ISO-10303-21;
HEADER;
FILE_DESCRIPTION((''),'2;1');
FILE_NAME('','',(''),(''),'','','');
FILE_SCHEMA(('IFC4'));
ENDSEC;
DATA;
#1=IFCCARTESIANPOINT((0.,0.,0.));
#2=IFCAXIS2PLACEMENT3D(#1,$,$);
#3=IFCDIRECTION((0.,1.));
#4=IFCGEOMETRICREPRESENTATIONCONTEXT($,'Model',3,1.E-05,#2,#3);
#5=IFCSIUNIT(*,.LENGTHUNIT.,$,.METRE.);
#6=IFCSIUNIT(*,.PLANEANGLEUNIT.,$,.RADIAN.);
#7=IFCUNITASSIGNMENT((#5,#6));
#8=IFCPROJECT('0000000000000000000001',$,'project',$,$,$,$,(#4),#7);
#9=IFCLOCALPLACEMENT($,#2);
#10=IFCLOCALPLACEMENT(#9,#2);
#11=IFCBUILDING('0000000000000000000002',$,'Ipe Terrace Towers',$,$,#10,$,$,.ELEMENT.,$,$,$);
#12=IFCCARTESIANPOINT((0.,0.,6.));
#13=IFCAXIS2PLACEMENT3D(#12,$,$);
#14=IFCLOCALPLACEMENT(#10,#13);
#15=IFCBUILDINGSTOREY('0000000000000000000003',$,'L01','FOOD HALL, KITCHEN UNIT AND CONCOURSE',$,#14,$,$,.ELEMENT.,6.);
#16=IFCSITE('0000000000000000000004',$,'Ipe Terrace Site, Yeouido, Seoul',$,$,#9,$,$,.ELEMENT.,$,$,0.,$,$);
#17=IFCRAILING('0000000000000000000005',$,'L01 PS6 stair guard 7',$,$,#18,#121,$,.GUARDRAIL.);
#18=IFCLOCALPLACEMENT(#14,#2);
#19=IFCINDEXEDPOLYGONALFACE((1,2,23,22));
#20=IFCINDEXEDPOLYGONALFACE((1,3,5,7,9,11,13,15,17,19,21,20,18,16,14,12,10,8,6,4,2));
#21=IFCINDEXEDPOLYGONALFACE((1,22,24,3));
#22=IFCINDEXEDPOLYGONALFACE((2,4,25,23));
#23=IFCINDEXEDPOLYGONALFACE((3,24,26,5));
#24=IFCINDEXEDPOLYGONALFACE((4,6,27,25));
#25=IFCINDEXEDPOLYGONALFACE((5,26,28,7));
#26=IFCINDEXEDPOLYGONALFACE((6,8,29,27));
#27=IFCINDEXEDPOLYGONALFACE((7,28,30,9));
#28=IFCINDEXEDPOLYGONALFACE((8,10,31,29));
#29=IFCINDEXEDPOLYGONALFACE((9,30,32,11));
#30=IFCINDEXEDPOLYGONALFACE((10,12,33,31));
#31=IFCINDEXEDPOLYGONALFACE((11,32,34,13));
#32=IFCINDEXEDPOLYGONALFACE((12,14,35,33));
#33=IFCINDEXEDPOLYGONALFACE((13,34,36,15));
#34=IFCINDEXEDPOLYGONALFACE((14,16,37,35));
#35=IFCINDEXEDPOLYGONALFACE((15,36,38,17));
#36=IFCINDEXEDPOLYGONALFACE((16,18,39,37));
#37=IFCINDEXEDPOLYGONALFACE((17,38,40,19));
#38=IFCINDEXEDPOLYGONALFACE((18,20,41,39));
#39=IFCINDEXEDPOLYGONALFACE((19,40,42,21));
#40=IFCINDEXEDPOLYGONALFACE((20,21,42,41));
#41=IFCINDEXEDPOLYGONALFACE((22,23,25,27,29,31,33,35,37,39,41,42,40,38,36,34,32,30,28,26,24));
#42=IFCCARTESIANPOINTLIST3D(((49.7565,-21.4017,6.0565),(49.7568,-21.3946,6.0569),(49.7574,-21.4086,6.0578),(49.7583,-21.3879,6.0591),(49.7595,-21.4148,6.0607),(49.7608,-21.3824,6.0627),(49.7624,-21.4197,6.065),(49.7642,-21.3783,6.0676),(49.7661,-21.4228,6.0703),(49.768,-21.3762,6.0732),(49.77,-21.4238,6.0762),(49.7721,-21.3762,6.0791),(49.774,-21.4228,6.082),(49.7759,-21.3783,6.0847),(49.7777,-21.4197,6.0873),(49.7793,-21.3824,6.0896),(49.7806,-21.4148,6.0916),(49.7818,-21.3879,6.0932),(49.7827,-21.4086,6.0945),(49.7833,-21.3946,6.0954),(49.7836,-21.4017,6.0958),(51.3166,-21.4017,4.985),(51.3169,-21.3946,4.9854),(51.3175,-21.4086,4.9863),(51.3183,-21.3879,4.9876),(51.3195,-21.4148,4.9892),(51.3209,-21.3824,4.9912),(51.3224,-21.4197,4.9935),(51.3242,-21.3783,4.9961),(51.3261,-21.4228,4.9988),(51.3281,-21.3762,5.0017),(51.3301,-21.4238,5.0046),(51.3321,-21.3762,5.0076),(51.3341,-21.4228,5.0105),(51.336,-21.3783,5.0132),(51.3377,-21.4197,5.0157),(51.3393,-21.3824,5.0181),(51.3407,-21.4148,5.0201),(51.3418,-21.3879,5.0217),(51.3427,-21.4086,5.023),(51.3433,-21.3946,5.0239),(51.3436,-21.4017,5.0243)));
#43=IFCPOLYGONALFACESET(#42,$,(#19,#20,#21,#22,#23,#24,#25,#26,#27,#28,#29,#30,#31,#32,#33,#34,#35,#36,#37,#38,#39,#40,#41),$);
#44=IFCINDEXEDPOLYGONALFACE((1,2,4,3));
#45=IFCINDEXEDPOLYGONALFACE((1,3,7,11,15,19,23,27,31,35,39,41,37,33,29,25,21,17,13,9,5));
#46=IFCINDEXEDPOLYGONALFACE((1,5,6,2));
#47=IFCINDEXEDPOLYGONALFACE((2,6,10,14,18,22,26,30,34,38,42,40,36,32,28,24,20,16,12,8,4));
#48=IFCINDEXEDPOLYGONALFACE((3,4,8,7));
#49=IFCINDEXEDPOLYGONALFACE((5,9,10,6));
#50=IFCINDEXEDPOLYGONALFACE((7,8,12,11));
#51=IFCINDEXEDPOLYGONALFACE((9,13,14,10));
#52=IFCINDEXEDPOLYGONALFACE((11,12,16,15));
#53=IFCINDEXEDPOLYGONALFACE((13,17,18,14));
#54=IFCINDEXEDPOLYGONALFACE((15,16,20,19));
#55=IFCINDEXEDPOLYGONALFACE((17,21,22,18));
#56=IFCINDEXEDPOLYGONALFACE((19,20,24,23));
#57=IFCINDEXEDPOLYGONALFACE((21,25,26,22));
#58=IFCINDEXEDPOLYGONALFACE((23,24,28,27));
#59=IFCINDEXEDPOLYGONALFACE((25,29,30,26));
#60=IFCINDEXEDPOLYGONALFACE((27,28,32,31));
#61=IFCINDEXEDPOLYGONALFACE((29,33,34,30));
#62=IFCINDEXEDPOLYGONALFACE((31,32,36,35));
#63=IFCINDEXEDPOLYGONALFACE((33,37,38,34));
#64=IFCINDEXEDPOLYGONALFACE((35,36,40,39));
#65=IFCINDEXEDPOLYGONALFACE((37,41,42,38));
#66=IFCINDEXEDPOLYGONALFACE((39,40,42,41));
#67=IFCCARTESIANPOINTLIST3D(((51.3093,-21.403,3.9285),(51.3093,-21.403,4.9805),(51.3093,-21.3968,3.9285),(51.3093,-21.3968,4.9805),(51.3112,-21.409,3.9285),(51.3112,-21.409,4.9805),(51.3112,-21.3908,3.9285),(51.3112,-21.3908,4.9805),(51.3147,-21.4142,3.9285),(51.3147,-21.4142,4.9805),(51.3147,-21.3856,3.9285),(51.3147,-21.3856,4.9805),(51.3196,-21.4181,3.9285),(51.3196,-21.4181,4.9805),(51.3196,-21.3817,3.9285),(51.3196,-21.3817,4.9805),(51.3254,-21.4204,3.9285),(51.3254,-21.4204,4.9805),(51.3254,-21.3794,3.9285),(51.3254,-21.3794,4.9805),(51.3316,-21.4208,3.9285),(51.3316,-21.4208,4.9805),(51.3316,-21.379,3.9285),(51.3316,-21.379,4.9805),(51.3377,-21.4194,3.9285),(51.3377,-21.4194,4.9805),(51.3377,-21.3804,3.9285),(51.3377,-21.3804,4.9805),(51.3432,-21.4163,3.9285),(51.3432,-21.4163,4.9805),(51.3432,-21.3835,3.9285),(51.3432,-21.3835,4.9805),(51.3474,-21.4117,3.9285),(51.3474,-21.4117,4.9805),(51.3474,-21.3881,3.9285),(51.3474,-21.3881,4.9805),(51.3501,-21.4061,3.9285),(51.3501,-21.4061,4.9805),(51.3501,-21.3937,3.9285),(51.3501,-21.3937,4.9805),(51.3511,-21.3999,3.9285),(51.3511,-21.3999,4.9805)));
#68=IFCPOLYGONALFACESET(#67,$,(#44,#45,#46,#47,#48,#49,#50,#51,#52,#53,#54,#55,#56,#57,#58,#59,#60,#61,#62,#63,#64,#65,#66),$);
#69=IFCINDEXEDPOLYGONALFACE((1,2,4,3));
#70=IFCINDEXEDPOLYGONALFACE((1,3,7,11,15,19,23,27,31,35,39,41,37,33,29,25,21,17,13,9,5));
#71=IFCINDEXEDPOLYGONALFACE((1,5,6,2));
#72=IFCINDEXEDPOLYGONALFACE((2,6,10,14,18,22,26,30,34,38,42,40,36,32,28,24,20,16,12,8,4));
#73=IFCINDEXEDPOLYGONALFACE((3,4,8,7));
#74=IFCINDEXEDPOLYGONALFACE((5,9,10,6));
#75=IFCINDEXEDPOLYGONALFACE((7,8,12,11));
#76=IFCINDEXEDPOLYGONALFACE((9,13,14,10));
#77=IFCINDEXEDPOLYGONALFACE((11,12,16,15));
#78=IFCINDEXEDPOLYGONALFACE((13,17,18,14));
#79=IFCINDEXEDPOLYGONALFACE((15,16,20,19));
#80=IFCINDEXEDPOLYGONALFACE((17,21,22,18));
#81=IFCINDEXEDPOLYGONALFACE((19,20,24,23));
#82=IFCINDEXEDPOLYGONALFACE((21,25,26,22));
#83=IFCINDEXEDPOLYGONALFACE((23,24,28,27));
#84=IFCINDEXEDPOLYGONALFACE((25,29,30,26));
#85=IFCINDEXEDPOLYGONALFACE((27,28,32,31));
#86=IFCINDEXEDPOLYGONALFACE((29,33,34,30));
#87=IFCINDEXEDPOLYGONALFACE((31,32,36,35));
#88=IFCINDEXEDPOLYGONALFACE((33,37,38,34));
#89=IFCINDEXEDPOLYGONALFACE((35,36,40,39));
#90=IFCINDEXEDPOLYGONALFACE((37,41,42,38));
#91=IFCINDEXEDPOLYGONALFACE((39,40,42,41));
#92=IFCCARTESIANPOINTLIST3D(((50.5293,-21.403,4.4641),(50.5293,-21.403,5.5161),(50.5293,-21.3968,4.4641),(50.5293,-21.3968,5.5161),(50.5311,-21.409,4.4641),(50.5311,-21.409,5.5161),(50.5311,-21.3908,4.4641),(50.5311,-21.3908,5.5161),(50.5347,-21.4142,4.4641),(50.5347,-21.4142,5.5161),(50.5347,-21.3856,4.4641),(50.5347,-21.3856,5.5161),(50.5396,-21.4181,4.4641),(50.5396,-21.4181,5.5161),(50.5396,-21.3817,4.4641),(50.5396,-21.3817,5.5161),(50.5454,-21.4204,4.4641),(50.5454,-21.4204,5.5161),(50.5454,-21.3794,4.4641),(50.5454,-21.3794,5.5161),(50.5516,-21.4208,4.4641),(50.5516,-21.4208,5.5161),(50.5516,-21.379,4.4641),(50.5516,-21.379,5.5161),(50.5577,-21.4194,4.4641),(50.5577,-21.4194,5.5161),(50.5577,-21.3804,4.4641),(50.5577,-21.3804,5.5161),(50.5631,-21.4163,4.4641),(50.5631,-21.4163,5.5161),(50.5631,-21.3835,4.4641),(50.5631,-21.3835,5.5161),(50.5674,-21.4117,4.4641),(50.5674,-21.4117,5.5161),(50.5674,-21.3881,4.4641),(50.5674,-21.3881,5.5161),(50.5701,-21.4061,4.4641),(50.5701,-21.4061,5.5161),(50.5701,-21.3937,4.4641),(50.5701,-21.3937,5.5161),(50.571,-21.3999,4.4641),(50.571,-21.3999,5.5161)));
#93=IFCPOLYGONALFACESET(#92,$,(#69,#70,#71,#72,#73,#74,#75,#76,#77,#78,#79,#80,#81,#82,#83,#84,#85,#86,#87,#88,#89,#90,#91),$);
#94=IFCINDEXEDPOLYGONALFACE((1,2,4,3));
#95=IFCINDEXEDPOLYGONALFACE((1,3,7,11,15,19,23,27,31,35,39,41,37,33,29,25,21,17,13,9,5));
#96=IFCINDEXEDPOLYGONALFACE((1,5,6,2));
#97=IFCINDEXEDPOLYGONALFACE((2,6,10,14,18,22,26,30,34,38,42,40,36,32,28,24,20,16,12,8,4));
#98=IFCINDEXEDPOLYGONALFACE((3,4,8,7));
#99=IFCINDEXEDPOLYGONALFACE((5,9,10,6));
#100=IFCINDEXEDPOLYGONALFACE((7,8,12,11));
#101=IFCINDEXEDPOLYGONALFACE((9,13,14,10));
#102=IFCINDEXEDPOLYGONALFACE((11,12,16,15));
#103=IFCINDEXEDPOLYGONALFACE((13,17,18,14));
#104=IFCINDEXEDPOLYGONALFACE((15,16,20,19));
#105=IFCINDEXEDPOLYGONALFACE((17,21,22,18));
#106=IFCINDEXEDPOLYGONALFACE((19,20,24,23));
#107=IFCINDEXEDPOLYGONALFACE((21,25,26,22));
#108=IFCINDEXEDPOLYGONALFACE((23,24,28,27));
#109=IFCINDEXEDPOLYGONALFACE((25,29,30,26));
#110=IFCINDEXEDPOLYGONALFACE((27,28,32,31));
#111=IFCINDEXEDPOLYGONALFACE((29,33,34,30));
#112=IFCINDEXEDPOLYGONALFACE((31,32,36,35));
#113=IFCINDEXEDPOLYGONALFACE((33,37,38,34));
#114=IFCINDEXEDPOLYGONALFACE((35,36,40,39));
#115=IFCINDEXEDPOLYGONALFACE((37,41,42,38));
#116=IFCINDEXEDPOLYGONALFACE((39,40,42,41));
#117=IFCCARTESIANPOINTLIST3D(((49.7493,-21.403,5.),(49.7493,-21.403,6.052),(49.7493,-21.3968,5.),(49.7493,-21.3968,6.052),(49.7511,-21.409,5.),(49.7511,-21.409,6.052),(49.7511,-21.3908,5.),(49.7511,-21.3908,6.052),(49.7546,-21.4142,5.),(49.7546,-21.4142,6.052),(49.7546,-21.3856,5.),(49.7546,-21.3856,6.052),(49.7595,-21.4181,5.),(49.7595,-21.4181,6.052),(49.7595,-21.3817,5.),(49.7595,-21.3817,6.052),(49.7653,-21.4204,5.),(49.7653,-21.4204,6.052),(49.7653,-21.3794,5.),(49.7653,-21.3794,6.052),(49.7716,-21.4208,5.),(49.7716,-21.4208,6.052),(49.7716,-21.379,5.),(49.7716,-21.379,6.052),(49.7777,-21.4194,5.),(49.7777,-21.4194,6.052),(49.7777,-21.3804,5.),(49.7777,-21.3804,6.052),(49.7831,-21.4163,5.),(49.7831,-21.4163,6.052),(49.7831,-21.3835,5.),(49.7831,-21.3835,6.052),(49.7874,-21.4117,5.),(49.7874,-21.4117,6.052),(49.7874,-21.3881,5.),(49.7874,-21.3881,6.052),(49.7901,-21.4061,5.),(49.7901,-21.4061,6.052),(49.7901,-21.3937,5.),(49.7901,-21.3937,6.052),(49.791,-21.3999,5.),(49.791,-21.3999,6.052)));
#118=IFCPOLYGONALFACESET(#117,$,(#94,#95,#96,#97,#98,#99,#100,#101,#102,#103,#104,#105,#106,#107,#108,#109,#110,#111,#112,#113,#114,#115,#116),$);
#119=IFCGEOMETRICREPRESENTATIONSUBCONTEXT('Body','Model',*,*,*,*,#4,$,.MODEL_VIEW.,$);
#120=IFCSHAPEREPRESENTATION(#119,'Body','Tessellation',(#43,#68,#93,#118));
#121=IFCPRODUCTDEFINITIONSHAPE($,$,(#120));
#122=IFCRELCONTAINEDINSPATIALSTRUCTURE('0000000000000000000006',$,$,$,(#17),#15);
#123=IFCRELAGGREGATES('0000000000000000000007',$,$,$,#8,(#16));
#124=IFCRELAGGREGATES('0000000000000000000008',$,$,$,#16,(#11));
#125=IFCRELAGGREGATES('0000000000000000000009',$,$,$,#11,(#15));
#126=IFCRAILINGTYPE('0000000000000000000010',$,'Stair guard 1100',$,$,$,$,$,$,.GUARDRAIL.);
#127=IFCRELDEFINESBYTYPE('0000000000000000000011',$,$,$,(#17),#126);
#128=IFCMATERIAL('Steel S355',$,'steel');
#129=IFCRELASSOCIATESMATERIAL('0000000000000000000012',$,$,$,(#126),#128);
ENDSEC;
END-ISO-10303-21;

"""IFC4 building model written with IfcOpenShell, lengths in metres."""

from ifc_helpers import new_model, si_unit, direction, frame, origin, origin_2d, place, context, subcontext, project, spatial, circle, extrude, material, type_object, element, save


model = new_model("IFC4")

# Units and contexts
model_context = context("Model", 3, precision=1e-05, world=origin(), true_north=direction((0.0, 1.0)))
body_context = subcontext(model_context, "Body", "Model", "MODEL_VIEW")
ifc_project = project(units=[si_unit("LENGTHUNIT", "METRE"), si_unit("PLANEANGLEUNIT", "RADIAN")], contexts=[model_context])

# Site, building, storey
site_placement = place(None, origin())
site = spatial("IfcSite", under=ifc_project, at=site_placement, Name="Ipe Terrace Site, Yeouido, Seoul", CompositionType="ELEMENT", RefElevation=0.0)
building_placement = place(site_placement, origin())
building = spatial("IfcBuilding", under=site, at=building_placement, Name="Ipe Terrace Towers", CompositionType="ELEMENT")
storey_placement = place(building_placement, frame((0.0, 0.0, 6.0)))
storey = spatial("IfcBuildingStorey", under=building, at=storey_placement, Name="L01", Description="FOOD HALL, KITCHEN UNIT AND CONCOURSE", CompositionType="ELEMENT", Elevation=6.0)

# Railing
ifc_material_1 = material(Name="Steel S355", Category="steel")
railing_type_1 = type_object("IfcRailingType", Name="Stair guard 1100", PredefinedType="GUARDRAIL", material=ifc_material_1)
railing_1_placement = place(storey_placement, frame((51.3301, -21.3999, 3.9285)))
element("IfcRailing", 1, at=railing_1_placement, inside=storey, type_object=railing_type_1, Name="L01 PS6 stair guard 7", PredefinedType="GUARDRAIL", context=body_context, shape_type="SweptSolid", body=[
    extrude(circle(Radius=0.0239, at=origin_2d()), frame((0.0, 0.0, 1.0762), z_axis=(-0.82429, 0.0, 0.566167), x_axis=(0.0, -1.0, 0.0)), (0.0, 0.0, 1.0), 1.8926),
    extrude(circle(Radius=0.021, at=origin_2d()), origin(), (0.0, 0.0, 1.0), 1.052),
    extrude(circle(Radius=0.021, at=origin_2d()), frame((-0.78, 0.0, 0.5356)), (0.0, 0.0, 1.0), 1.052),
    extrude(circle(Radius=0.021, at=origin_2d()), frame((-1.5601, 0.0, 1.0715)), (0.0, 0.0, 1.0), 1.052),
])

save(model, "model.ifc")
